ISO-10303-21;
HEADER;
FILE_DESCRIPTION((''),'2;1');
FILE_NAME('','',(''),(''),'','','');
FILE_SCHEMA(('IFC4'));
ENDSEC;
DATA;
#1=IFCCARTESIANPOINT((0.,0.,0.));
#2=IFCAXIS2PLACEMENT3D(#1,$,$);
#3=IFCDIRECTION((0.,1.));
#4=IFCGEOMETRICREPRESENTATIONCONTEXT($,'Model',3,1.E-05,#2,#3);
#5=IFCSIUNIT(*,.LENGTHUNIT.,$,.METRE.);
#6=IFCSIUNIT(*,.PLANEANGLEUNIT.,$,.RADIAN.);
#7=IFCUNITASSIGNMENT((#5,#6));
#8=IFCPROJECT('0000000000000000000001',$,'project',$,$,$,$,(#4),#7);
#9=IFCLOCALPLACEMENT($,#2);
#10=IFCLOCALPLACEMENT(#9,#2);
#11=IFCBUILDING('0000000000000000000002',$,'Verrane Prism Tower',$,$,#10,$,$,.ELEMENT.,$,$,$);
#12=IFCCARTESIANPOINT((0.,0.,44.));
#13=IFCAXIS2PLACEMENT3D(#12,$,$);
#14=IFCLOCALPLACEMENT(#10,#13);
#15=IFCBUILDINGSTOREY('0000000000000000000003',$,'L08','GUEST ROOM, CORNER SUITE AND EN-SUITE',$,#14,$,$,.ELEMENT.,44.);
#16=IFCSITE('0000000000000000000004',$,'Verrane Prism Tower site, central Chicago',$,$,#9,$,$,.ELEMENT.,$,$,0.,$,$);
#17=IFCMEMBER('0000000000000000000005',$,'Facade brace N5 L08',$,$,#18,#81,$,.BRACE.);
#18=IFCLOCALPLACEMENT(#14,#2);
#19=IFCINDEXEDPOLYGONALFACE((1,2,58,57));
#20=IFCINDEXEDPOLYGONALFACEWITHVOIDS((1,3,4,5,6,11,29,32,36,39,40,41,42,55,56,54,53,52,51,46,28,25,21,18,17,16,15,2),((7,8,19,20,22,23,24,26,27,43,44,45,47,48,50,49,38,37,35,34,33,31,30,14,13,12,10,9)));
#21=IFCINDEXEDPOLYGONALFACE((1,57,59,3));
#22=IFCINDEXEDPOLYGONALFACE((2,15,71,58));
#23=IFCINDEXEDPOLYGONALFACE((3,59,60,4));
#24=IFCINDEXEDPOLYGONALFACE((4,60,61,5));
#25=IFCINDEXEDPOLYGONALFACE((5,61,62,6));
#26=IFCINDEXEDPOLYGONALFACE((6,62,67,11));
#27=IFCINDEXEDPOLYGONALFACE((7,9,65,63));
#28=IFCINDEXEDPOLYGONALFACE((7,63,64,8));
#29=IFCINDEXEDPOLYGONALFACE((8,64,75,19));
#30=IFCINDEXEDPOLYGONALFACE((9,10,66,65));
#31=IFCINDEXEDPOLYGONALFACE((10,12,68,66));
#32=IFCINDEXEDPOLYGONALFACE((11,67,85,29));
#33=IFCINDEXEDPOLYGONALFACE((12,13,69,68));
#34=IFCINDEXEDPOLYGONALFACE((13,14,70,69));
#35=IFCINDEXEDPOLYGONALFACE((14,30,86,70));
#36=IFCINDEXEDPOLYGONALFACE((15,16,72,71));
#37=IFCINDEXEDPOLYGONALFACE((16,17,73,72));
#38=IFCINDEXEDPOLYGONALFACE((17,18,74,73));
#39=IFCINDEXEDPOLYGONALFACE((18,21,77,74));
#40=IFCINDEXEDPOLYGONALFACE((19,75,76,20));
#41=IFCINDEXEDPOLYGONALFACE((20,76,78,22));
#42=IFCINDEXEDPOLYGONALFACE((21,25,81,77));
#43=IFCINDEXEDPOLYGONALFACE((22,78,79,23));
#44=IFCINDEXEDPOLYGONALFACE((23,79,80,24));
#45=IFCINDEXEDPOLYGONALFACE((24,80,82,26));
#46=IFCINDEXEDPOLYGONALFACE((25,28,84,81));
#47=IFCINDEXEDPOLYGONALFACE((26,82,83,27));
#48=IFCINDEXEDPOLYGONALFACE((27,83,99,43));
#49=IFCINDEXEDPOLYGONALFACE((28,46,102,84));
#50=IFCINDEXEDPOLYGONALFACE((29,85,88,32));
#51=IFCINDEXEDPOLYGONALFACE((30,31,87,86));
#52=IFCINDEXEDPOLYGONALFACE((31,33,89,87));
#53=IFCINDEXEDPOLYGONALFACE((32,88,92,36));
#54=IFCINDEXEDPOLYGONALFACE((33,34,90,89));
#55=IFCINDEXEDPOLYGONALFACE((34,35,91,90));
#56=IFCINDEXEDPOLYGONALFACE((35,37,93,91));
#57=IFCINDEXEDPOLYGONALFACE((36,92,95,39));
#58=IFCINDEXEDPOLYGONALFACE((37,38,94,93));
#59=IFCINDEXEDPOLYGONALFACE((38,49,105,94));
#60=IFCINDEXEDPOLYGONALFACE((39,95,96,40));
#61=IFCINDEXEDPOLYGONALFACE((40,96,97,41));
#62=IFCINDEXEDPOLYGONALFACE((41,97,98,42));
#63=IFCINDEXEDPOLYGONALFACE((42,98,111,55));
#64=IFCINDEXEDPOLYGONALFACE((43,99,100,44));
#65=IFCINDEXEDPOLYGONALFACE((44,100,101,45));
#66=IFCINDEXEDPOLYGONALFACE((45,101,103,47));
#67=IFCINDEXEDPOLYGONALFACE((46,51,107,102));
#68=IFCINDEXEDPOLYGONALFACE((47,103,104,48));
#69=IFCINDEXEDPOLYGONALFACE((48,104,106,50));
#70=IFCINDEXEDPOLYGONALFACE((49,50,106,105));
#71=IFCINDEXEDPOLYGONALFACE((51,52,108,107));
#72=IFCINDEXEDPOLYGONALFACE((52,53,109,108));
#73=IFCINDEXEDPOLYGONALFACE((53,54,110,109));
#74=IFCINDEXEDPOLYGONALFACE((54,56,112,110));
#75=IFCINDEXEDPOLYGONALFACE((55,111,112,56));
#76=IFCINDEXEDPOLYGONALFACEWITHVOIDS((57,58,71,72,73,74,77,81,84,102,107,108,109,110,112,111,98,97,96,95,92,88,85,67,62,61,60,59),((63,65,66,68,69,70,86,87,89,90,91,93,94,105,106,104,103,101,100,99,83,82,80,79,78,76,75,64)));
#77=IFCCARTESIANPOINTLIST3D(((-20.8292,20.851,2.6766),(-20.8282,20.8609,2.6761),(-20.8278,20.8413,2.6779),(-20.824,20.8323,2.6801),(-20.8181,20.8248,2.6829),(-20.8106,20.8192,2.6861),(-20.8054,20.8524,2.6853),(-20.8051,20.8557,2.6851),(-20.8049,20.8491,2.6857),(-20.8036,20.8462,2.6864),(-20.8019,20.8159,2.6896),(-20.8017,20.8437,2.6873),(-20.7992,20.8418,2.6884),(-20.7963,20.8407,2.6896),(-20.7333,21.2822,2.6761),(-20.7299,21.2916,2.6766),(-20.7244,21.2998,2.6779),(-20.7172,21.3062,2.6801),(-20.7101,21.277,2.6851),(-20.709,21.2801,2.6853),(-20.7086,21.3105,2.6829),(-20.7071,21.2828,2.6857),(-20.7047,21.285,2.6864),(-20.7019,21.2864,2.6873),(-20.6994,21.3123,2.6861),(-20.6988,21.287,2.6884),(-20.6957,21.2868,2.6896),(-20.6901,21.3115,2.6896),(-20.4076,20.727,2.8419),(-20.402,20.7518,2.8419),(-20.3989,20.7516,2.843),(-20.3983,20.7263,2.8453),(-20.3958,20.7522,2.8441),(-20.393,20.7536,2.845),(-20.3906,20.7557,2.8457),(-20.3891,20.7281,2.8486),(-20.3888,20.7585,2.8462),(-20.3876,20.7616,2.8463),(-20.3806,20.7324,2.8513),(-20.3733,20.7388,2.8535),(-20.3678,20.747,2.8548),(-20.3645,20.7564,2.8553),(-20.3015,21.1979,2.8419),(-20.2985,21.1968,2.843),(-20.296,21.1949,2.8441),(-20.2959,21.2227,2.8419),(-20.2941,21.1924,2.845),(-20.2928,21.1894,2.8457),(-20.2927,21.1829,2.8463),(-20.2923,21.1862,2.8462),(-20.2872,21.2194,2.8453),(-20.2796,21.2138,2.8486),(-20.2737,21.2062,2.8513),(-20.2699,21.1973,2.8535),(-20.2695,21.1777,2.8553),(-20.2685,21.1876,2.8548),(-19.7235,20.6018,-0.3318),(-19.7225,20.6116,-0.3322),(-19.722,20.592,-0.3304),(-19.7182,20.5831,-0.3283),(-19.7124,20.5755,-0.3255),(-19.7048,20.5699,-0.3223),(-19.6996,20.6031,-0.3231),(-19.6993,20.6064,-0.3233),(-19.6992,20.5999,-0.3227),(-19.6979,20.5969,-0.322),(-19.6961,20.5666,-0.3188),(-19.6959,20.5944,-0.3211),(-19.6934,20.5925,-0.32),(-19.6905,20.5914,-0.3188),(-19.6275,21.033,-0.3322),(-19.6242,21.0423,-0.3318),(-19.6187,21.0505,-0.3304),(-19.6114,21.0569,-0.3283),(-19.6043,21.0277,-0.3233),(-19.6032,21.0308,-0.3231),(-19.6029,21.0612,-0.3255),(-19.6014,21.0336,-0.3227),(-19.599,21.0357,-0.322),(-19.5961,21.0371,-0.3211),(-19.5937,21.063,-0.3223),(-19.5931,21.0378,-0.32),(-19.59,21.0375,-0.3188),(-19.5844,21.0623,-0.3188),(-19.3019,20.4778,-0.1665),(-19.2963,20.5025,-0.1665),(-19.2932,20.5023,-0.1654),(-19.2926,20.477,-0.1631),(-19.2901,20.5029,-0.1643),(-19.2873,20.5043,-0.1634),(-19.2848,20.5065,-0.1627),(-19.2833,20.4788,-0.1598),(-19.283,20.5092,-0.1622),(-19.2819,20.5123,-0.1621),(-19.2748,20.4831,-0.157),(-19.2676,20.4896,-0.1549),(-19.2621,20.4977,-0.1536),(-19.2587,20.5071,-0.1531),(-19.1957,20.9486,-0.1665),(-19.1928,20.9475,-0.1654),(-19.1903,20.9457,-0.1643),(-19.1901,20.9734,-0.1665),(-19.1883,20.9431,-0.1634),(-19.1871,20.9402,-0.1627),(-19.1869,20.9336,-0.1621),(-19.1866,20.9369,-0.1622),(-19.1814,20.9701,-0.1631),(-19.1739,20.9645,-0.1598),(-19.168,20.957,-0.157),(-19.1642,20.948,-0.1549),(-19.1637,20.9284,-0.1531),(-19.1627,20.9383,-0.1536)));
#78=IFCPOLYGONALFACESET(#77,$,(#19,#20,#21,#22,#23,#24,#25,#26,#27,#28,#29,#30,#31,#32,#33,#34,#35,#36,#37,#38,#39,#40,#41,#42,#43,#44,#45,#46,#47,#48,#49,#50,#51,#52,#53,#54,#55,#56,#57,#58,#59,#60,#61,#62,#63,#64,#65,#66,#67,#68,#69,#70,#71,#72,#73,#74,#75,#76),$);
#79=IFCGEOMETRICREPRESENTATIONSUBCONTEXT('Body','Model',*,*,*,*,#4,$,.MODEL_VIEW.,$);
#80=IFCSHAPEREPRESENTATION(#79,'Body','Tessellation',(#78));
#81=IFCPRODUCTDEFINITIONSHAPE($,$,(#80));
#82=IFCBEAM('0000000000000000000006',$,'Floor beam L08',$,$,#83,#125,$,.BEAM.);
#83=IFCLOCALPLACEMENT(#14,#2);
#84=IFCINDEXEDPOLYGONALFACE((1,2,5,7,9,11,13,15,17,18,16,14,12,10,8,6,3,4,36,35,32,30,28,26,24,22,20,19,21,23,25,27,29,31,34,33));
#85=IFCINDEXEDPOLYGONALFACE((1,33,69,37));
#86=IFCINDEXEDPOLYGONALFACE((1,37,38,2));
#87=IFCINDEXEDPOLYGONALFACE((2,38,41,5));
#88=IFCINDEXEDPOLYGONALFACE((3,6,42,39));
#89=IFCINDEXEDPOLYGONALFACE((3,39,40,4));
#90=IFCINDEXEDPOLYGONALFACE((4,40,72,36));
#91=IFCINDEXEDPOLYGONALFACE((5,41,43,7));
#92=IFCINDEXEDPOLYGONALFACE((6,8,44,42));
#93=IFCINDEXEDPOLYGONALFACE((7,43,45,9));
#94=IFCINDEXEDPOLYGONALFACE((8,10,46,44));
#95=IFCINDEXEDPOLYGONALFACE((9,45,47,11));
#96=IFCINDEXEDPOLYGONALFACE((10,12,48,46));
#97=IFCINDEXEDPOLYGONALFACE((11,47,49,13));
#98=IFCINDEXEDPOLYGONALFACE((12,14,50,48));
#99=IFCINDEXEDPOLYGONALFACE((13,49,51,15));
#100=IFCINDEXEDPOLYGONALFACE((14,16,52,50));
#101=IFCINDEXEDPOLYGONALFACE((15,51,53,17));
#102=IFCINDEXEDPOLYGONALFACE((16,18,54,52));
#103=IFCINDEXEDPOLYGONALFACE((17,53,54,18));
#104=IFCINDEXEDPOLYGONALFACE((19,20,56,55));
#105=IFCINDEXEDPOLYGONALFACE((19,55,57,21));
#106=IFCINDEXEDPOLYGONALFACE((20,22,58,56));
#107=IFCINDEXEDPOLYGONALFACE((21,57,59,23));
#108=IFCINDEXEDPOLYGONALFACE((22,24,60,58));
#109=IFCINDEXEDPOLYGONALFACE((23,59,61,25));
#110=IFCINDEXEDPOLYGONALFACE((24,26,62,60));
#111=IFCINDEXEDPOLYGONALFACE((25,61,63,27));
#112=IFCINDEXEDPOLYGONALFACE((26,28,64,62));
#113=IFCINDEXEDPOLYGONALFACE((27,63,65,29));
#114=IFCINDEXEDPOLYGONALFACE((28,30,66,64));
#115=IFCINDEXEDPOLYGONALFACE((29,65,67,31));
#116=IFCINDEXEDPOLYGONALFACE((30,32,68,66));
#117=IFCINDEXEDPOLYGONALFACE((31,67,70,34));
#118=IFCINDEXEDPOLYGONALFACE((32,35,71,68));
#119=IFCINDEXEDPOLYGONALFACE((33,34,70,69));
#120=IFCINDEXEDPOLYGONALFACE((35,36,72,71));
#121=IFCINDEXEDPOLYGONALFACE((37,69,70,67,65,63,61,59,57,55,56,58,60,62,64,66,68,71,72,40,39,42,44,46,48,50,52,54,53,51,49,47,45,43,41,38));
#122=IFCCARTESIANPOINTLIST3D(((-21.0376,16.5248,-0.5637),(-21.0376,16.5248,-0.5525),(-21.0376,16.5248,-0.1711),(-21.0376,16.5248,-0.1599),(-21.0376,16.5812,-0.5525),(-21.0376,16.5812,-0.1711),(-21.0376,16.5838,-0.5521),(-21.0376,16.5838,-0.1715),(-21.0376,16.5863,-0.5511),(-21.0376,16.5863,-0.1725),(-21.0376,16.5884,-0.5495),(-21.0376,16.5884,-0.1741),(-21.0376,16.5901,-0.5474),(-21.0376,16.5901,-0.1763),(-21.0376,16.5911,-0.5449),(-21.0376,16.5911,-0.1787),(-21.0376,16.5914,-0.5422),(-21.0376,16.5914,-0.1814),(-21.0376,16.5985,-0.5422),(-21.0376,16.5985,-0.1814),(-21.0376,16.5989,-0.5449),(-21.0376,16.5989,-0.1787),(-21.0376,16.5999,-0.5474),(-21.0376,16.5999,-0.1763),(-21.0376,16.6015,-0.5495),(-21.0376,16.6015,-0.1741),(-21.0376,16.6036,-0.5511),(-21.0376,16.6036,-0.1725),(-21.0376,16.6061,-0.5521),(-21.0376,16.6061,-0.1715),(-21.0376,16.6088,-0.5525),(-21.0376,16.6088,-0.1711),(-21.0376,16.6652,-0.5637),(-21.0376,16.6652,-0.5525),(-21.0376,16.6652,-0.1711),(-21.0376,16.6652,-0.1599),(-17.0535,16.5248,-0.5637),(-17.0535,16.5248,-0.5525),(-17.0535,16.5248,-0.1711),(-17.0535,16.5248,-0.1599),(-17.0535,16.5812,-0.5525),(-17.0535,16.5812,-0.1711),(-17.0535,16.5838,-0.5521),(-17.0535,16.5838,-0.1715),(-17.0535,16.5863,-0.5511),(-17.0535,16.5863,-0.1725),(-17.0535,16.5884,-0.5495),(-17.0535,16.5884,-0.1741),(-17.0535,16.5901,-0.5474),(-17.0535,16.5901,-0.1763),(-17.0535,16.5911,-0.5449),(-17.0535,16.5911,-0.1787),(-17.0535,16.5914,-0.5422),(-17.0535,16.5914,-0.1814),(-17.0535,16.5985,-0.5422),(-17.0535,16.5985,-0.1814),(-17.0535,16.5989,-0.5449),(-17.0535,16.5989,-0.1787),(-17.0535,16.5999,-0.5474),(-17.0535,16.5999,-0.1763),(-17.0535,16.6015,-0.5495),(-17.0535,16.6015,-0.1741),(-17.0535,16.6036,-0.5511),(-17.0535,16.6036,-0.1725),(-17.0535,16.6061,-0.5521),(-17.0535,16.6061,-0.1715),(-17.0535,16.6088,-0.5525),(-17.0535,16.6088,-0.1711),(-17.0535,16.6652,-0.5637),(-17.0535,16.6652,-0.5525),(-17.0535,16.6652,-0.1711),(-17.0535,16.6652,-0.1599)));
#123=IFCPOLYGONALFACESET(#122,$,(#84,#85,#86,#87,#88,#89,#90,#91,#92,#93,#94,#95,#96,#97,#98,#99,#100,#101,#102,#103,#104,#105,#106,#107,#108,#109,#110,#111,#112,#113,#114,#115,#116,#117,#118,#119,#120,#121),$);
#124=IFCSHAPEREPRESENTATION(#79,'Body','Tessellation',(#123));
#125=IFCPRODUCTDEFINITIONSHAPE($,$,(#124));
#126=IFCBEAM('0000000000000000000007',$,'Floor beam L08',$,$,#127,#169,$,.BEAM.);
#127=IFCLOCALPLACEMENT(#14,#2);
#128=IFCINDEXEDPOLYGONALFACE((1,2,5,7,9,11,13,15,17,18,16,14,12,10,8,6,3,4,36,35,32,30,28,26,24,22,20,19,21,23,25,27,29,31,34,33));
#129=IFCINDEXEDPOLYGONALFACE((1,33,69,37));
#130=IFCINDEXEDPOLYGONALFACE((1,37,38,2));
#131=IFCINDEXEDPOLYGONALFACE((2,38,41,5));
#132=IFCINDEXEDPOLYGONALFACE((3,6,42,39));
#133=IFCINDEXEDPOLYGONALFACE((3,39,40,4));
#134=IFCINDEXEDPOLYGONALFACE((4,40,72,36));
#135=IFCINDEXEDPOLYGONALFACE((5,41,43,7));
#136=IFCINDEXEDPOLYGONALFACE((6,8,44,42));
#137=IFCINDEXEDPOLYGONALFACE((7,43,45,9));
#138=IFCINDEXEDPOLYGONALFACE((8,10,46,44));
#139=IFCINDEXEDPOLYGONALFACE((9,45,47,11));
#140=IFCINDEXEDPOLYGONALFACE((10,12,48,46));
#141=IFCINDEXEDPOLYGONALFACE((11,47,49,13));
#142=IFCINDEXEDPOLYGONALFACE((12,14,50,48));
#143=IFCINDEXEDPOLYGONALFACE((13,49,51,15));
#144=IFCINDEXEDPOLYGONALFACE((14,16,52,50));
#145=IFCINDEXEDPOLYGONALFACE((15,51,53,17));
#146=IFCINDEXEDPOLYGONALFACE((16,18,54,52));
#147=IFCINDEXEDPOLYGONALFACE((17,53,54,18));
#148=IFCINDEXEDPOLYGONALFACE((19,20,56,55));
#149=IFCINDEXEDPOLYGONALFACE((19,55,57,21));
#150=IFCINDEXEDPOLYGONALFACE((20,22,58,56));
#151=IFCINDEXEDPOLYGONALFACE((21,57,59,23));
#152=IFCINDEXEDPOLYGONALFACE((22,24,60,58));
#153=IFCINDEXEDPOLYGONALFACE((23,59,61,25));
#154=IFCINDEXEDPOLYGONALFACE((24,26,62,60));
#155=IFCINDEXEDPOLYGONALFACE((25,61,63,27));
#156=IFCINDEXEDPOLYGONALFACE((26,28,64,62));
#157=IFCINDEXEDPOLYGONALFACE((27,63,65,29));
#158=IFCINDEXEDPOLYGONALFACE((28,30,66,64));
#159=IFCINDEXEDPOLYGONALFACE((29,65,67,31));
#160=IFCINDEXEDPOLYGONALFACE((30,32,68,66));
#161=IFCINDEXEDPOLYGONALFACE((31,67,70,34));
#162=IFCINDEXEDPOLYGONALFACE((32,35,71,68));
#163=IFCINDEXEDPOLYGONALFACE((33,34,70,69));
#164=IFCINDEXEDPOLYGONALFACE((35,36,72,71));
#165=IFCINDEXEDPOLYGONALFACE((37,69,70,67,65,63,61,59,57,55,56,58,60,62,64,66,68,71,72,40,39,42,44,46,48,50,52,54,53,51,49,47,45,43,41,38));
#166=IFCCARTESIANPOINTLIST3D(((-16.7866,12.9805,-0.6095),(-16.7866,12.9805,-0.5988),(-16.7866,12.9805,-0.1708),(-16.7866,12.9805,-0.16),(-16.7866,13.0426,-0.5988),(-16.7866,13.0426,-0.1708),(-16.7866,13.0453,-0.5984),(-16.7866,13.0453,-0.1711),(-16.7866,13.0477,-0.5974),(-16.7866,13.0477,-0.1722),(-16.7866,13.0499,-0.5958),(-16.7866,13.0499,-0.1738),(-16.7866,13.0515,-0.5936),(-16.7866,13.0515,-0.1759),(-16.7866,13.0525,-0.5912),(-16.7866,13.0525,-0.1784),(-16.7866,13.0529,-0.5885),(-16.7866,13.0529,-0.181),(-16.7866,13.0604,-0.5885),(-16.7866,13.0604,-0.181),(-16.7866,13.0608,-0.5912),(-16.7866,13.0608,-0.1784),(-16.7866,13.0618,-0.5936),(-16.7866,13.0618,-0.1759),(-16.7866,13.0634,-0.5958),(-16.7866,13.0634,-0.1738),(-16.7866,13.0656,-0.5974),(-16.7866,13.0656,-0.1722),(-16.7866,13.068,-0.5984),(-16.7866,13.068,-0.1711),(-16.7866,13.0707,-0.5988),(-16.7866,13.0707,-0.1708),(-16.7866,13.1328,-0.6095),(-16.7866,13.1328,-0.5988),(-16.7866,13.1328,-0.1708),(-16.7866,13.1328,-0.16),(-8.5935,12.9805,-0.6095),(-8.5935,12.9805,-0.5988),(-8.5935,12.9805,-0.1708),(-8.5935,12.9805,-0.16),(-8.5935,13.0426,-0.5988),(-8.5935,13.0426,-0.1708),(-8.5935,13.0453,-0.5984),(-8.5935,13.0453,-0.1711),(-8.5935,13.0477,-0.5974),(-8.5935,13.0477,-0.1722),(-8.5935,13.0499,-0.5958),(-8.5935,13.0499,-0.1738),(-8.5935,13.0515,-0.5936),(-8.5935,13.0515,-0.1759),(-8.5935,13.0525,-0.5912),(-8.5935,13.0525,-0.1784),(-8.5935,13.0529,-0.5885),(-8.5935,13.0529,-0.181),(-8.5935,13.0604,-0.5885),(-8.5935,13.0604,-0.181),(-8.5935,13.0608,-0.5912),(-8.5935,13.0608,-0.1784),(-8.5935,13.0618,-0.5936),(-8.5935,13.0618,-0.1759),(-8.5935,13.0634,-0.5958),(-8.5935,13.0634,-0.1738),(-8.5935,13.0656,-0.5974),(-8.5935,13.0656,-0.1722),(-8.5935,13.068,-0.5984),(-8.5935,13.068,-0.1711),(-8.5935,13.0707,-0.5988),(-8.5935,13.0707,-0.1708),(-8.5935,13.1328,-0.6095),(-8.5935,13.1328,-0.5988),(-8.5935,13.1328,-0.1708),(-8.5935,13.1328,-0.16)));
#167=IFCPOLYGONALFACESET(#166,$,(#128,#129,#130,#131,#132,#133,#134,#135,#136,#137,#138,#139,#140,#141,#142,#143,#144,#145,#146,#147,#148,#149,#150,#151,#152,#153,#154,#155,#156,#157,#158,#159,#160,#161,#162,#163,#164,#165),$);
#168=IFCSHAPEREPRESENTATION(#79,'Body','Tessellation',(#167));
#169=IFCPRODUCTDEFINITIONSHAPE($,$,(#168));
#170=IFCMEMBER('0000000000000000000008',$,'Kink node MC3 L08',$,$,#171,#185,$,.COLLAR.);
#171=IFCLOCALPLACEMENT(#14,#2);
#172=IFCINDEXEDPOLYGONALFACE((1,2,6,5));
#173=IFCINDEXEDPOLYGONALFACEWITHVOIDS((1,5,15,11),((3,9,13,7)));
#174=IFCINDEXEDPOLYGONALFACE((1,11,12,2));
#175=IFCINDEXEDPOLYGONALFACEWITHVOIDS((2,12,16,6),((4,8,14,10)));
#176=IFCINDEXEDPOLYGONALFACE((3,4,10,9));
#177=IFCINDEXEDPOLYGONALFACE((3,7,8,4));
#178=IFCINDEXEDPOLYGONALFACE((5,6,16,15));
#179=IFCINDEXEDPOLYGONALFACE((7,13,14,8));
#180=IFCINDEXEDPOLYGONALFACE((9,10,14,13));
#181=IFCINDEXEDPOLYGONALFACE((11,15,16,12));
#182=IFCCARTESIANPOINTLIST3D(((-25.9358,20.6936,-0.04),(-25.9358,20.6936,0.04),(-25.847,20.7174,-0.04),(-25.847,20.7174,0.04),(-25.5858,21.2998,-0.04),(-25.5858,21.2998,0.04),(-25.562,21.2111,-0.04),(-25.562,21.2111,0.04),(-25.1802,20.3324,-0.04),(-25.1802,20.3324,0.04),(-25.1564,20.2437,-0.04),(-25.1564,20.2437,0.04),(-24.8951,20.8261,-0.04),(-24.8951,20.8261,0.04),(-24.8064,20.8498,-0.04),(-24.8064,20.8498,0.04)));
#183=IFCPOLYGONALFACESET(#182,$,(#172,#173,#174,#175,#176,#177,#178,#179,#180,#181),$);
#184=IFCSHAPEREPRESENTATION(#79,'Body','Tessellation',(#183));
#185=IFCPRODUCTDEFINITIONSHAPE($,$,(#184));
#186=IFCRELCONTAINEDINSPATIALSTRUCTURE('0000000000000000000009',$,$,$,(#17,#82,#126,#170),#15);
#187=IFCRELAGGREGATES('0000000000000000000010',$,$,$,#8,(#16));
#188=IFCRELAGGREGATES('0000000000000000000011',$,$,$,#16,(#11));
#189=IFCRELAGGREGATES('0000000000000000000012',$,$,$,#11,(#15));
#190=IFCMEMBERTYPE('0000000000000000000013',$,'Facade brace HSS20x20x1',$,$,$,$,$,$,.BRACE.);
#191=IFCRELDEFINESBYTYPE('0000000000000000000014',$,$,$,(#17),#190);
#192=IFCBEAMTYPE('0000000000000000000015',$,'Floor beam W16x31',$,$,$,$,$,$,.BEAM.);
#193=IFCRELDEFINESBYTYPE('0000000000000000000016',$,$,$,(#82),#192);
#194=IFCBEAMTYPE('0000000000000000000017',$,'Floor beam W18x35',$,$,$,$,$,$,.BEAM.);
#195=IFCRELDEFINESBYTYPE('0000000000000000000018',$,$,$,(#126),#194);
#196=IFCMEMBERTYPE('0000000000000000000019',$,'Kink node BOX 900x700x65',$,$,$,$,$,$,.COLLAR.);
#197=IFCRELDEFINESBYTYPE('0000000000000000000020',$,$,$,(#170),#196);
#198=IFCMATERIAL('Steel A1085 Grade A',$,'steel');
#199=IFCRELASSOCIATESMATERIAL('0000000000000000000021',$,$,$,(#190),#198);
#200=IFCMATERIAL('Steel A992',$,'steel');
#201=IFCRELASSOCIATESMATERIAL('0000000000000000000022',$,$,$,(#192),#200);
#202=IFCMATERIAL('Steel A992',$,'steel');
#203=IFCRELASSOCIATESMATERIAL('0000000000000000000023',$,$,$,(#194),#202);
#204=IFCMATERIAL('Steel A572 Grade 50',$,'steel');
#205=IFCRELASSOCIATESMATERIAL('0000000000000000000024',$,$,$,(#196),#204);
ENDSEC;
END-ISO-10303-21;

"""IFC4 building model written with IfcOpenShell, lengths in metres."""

from ifc_helpers import new_model, si_unit, direction, frame, origin, origin_2d, place, context, subcontext, project, spatial, hollow_rectangle, i_section, extrude, material, material_profile, profile_set, type_object, element, save


model = new_model("IFC4")

# Units and contexts
model_context = context("Model", 3, precision=1e-05, world=origin(), true_north=direction((0.0, 1.0)))
body_context = subcontext(model_context, "Body", "Model", "MODEL_VIEW")
ifc_project = project(units=[si_unit("LENGTHUNIT", "METRE"), si_unit("PLANEANGLEUNIT", "RADIAN")], contexts=[model_context])

# Site, building, storey
site_placement = place(None, origin())
site = spatial("IfcSite", under=ifc_project, at=site_placement, Name="Verrane Prism Tower site, central Chicago", CompositionType="ELEMENT", RefElevation=0.0)
building_placement = place(site_placement, origin())
building = spatial("IfcBuilding", under=site, at=building_placement, Name="Verrane Prism Tower", CompositionType="ELEMENT")
storey_placement = place(building_placement, frame((0.0, 0.0, 44.0)))
storey = spatial("IfcBuildingStorey", under=building, at=storey_placement, Name="L08", Description="GUEST ROOM, CORNER SUITE AND EN-SUITE", CompositionType="ELEMENT", Elevation=44.0)

# Member
ifc_material_1 = material(Name="Steel A1085 Grade A", Category="steel")
ifc_material_profile_1 = material_profile(ifc_material_1, hollow_rectangle(XDim=0.5081, YDim=0.5081, WallThickness=0.0254, InnerFilletRadius=0.0127, OuterFilletRadius=0.0381, at=origin_2d()), Name="HSS20x20x1")
ifc_profile_set_1 = profile_set([ifc_material_profile_1], Name="Steel A1085 Grade A")
member_type_1 = type_object("IfcMemberType", Name="Facade brace HSS20x20x1", PredefinedType="BRACE", material=ifc_profile_set_1)
member_1_placement = place(storey_placement, frame((-19.4431, 20.77, -0.2427), z_axis=(-0.34395, 0.077539, 0.935781), x_axis=(-0.219917, -0.975519, 0.0)))
element("IfcMember", 1, at=member_1_placement, inside=storey, type_object=member_type_1, Name="Facade brace N5 L08", PredefinedType="BRACE", context=body_context, shape_type="SweptSolid", body=[
    extrude(hollow_rectangle(XDim=0.5081, YDim=0.5081, WallThickness=0.0254, InnerFilletRadius=0.0127, OuterFilletRadius=0.0381, at=origin_2d()), origin(), (0.0, 0.0, 1.0), 3.2148),
])

# Beams
ifc_material_2 = material(Name="Steel A992", Category="steel")
ifc_material_profile_2 = material_profile(ifc_material_2, i_section(OverallWidth=0.1404, OverallDepth=0.4038, WebThickness=0.0071, FlangeThickness=0.0112, FilletRadius=0.0103, at=origin_2d()), Name="W16x31")
ifc_profile_set_2 = profile_set([ifc_material_profile_2], Name="Steel A992")
beam_type_1 = type_object("IfcBeamType", Name="Floor beam W16x31", PredefinedType="BEAM", material=ifc_profile_set_2)
beam_1_placement = place(storey_placement, frame((-21.0376, 16.595, -0.3618), z_axis=(1.0, 0.0, 0.0), x_axis=(0.0, 1.0, 0.0)))
element("IfcBeam", 2, at=beam_1_placement, inside=storey, type_object=beam_type_1, Name="Floor beam L08", PredefinedType="BEAM", context=body_context, shape_type="SweptSolid", body=[
    extrude(i_section(OverallWidth=0.1404, OverallDepth=0.4038, WebThickness=0.0071, FlangeThickness=0.0112, FilletRadius=0.0103, at=origin_2d()), origin(), (0.0, 0.0, 1.0), 3.9841),
])
ifc_material_3 = material(Name="Steel A992", Category="steel")
ifc_material_profile_3 = material_profile(ifc_material_3, i_section(OverallWidth=0.1523, OverallDepth=0.4495, WebThickness=0.0076, FlangeThickness=0.0107, FilletRadius=0.0103, at=origin_2d()), Name="W18x35")
ifc_profile_set_3 = profile_set([ifc_material_profile_3], Name="Steel A992")
beam_type_2 = type_object("IfcBeamType", Name="Floor beam W18x35", PredefinedType="BEAM", material=ifc_profile_set_3)
beam_2_placement = place(storey_placement, frame((-16.7866, 13.0566, -0.3848), z_axis=(1.0, 0.0, 0.0), x_axis=(0.0, 1.0, 0.0)))
element("IfcBeam", 3, at=beam_2_placement, inside=storey, type_object=beam_type_2, Name="Floor beam L08", PredefinedType="BEAM", context=body_context, shape_type="SweptSolid", body=[
    extrude(i_section(OverallWidth=0.1523, OverallDepth=0.4495, WebThickness=0.0076, FlangeThickness=0.0107, FilletRadius=0.0103, at=origin_2d()), origin(), (0.0, 0.0, 1.0), 8.1931),
])

# Member
ifc_material_4 = material(Name="Steel A572 Grade 50", Category="steel")
ifc_material_profile_4 = material_profile(ifc_material_4, hollow_rectangle(XDim=0.7, YDim=0.8999, WallThickness=0.0649, at=origin_2d()), Name="BOX 900x700x65")
ifc_profile_set_4 = profile_set([ifc_material_profile_4], Name="Steel A572 Grade 50")
member_type_2 = type_object("IfcMemberType", Name="Kink node BOX 900x700x65", PredefinedType="COLLAR", material=ifc_profile_set_4)
member_2_placement = place(storey_placement, frame((-25.3711, 20.7717, -0.04), z_axis=(0.0, 0.0, 1.0), x_axis=(0.5, 0.866025, 0.0)))
element("IfcMember", 4, at=member_2_placement, inside=storey, type_object=member_type_2, Name="Kink node MC3 L08", PredefinedType="COLLAR", context=body_context, shape_type="SweptSolid", body=[
    extrude(hollow_rectangle(XDim=0.7, YDim=0.8999, WallThickness=0.0649, at=origin_2d()), origin(), (0.0, 0.0, 1.0), 0.0801),
])

save(model, "model.ifc")
